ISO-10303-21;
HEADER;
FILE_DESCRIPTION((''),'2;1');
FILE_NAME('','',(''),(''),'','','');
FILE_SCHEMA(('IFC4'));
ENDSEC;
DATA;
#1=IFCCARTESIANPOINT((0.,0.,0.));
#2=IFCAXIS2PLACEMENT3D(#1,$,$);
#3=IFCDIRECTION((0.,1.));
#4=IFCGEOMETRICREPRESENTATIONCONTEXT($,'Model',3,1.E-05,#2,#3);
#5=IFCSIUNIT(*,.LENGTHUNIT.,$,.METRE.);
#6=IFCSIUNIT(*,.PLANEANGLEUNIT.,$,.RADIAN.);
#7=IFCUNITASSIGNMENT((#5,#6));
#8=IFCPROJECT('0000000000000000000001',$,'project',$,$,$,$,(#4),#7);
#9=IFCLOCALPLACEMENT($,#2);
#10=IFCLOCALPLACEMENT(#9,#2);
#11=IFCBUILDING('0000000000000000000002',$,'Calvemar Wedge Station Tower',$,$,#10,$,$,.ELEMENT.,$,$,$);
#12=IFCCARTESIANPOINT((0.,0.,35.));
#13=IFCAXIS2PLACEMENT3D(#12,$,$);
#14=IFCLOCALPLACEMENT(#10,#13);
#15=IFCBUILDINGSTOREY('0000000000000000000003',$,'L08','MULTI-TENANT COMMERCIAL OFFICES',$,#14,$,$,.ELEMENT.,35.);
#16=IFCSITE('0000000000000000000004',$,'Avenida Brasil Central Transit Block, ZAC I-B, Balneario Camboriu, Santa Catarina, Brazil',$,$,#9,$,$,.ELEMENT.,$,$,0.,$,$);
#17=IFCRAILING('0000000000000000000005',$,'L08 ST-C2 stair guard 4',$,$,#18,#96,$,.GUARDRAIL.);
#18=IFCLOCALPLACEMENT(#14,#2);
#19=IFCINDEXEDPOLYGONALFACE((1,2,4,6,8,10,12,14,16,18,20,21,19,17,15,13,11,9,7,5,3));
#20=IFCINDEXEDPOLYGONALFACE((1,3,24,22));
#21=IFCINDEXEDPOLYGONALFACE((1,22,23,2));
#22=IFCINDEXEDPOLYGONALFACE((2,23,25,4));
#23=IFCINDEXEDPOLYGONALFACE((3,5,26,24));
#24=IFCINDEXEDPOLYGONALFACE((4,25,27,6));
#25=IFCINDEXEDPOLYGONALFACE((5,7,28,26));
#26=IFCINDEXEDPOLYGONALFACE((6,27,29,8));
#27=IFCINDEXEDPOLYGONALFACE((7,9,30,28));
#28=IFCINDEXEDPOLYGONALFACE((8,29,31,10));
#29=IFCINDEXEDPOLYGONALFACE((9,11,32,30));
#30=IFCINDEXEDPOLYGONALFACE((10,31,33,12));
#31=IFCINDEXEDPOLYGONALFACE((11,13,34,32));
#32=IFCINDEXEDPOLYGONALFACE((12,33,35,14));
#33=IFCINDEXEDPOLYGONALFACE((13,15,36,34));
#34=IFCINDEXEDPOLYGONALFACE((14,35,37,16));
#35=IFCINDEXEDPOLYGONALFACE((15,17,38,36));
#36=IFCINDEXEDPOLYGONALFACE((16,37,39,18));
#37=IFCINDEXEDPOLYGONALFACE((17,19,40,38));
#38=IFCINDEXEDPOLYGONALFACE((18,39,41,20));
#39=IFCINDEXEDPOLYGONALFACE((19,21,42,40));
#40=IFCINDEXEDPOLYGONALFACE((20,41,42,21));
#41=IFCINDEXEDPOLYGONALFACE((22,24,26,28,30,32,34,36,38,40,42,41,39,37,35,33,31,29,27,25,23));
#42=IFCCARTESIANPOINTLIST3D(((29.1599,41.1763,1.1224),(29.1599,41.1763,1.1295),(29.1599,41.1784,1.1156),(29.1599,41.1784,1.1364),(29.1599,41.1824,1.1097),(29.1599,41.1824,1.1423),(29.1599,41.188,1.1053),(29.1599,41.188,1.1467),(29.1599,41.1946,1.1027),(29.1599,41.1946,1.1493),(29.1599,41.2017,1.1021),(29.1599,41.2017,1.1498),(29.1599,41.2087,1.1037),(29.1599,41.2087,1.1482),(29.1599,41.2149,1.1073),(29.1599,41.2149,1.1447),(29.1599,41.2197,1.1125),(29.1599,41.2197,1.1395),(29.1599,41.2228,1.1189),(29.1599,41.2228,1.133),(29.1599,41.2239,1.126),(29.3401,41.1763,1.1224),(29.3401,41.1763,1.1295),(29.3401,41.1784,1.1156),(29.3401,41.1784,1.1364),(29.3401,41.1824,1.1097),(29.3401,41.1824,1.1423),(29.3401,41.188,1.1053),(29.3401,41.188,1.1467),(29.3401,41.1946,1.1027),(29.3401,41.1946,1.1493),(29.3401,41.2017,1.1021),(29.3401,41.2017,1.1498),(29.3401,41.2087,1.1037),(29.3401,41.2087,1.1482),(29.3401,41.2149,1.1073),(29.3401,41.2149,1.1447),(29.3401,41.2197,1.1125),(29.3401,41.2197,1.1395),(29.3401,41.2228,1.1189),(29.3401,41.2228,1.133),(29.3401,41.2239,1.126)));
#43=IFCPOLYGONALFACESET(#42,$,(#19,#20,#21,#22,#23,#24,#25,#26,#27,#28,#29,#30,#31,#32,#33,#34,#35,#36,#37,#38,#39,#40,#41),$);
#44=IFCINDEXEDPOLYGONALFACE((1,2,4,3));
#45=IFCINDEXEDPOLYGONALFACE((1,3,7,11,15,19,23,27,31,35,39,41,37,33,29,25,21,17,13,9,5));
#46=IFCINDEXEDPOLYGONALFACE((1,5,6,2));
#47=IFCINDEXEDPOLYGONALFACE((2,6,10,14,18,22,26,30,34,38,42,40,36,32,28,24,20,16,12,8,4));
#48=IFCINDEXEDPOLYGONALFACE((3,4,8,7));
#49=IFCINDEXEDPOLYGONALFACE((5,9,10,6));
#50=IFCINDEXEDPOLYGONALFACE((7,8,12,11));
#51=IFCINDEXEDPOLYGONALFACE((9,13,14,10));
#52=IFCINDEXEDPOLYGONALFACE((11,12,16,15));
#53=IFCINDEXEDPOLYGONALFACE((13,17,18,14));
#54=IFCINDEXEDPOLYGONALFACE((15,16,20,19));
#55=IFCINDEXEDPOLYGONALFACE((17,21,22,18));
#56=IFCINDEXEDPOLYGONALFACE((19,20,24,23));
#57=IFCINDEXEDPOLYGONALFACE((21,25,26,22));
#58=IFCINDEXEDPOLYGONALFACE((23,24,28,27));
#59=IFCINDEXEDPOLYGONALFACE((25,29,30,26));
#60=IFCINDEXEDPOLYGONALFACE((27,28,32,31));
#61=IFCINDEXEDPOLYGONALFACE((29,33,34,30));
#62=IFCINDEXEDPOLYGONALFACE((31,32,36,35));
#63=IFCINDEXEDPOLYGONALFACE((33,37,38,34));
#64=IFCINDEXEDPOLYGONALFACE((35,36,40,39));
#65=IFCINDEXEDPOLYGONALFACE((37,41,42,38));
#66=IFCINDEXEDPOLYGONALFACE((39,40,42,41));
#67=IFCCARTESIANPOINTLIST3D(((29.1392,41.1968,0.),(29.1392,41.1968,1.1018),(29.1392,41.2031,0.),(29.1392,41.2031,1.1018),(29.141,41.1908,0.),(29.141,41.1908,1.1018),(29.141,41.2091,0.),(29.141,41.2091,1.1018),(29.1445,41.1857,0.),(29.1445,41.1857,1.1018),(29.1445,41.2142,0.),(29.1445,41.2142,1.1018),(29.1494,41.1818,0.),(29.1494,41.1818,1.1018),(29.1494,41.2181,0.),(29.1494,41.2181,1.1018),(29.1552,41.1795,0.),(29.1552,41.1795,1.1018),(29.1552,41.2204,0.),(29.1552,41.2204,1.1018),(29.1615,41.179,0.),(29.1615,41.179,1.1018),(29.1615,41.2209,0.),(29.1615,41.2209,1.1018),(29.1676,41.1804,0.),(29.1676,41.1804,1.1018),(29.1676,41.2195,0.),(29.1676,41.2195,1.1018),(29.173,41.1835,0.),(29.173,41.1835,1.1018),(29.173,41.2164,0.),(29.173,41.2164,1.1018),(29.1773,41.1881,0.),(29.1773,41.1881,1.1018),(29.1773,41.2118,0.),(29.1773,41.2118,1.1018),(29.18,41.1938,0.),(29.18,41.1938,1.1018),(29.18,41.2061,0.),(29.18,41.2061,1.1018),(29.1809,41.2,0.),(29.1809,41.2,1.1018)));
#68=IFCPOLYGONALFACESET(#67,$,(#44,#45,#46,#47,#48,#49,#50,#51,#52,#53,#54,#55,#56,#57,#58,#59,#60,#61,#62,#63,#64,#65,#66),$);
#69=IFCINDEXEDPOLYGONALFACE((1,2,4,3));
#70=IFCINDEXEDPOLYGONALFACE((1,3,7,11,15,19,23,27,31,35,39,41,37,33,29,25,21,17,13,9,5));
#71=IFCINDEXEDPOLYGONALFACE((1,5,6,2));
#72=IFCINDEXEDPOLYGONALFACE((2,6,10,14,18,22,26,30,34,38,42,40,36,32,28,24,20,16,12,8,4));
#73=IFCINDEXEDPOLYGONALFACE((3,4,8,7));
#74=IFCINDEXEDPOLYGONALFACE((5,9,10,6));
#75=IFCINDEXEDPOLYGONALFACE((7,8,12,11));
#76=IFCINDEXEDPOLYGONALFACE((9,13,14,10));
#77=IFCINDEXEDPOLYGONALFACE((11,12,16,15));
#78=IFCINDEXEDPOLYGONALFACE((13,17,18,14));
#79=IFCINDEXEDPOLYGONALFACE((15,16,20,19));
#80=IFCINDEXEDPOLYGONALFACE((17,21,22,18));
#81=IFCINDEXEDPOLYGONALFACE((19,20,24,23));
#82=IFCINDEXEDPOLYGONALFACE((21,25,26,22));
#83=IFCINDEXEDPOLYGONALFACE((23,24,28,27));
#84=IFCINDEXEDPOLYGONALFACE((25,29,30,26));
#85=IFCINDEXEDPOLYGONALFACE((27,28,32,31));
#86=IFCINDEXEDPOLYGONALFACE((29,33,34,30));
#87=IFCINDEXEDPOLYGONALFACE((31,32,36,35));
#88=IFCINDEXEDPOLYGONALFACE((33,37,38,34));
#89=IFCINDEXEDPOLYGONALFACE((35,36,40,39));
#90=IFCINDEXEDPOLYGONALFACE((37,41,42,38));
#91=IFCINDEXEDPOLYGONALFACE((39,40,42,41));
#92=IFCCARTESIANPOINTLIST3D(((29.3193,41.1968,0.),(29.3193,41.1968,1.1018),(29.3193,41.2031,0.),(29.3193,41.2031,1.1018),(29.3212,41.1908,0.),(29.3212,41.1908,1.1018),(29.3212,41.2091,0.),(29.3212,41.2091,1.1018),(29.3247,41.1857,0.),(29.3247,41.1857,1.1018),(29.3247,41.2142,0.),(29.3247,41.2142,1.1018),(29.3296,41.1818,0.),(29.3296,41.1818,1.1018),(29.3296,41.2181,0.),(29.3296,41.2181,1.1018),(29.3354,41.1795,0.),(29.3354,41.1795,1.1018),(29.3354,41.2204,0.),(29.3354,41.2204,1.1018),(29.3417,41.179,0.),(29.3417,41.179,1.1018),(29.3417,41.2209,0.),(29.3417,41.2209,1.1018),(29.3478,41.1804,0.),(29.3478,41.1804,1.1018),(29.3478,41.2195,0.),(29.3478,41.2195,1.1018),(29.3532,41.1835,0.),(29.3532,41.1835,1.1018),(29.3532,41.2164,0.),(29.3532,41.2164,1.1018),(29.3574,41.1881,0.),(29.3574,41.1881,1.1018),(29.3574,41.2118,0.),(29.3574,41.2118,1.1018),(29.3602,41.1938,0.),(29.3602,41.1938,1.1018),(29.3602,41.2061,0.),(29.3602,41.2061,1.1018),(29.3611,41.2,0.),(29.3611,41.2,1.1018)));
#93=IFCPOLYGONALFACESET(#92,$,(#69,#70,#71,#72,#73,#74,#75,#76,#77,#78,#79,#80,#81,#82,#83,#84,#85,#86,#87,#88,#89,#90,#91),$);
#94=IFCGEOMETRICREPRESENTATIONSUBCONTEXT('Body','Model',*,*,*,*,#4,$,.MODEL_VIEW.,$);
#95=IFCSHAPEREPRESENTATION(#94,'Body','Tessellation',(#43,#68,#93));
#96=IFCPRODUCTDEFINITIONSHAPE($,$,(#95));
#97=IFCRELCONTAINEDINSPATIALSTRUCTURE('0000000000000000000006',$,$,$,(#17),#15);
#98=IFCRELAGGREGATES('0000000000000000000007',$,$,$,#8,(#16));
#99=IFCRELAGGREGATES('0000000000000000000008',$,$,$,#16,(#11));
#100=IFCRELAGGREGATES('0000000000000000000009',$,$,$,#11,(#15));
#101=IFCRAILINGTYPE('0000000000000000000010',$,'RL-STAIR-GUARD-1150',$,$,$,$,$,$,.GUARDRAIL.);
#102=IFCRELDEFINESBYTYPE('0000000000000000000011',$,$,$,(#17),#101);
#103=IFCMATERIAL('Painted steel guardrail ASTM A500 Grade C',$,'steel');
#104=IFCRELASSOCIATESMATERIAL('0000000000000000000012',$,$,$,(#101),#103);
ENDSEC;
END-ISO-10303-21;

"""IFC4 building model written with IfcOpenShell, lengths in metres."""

from ifc_helpers import new_model, si_unit, direction, frame, origin, origin_2d, place, context, subcontext, project, spatial, circle, extrude, material, type_object, element, save


model = new_model("IFC4")

# Units and contexts
model_context = context("Model", 3, precision=1e-05, world=origin(), true_north=direction((0.0, 1.0)))
body_context = subcontext(model_context, "Body", "Model", "MODEL_VIEW")
ifc_project = project(units=[si_unit("LENGTHUNIT", "METRE"), si_unit("PLANEANGLEUNIT", "RADIAN")], contexts=[model_context])

# Site, building, storey
site_placement = place(None, origin())
site = spatial("IfcSite", under=ifc_project, at=site_placement, Name="Avenida Brasil Central Transit Block, ZAC I-B, Balneario Camboriu, Santa Catarina, Brazil", CompositionType="ELEMENT", RefElevation=0.0)
building_placement = place(site_placement, origin())
building = spatial("IfcBuilding", under=site, at=building_placement, Name="Calvemar Wedge Station Tower", CompositionType="ELEMENT")
storey_placement = place(building_placement, frame((0.0, 0.0, 35.0)))
storey = spatial("IfcBuildingStorey", under=building, at=storey_placement, Name="L08", Description="MULTI-TENANT COMMERCIAL OFFICES", CompositionType="ELEMENT", Elevation=35.0)

# Railing
ifc_material_1 = material(Name="Painted steel guardrail ASTM A500 Grade C", Category="steel")
railing_type_1 = type_object("IfcRailingType", Name="RL-STAIR-GUARD-1150", PredefinedType="GUARDRAIL", material=ifc_material_1)
railing_1_placement = place(storey_placement, frame((29.1599, 41.2, 0.0)))
element("IfcRailing", 1, at=railing_1_placement, inside=storey, type_object=railing_type_1, Name="L08 ST-C2 stair guard 4", PredefinedType="GUARDRAIL", context=body_context, shape_type="SweptSolid", body=[
    extrude(circle(Radius=0.0239, at=origin_2d()), frame((0.0, 0.0, 1.126), z_axis=(1.0, 0.0, 0.0), x_axis=(0.0, 1.0, 0.0)), (0.0, 0.0, 1.0), 0.1802),
    extrude(circle(Radius=0.021, at=origin_2d()), origin(), (0.0, 0.0, 1.0), 1.1018),
    extrude(circle(Radius=0.021, at=origin_2d()), frame((0.1802, 0.0, 0.0)), (0.0, 0.0, 1.0), 1.1018),
])

save(model, "model.ifc")
